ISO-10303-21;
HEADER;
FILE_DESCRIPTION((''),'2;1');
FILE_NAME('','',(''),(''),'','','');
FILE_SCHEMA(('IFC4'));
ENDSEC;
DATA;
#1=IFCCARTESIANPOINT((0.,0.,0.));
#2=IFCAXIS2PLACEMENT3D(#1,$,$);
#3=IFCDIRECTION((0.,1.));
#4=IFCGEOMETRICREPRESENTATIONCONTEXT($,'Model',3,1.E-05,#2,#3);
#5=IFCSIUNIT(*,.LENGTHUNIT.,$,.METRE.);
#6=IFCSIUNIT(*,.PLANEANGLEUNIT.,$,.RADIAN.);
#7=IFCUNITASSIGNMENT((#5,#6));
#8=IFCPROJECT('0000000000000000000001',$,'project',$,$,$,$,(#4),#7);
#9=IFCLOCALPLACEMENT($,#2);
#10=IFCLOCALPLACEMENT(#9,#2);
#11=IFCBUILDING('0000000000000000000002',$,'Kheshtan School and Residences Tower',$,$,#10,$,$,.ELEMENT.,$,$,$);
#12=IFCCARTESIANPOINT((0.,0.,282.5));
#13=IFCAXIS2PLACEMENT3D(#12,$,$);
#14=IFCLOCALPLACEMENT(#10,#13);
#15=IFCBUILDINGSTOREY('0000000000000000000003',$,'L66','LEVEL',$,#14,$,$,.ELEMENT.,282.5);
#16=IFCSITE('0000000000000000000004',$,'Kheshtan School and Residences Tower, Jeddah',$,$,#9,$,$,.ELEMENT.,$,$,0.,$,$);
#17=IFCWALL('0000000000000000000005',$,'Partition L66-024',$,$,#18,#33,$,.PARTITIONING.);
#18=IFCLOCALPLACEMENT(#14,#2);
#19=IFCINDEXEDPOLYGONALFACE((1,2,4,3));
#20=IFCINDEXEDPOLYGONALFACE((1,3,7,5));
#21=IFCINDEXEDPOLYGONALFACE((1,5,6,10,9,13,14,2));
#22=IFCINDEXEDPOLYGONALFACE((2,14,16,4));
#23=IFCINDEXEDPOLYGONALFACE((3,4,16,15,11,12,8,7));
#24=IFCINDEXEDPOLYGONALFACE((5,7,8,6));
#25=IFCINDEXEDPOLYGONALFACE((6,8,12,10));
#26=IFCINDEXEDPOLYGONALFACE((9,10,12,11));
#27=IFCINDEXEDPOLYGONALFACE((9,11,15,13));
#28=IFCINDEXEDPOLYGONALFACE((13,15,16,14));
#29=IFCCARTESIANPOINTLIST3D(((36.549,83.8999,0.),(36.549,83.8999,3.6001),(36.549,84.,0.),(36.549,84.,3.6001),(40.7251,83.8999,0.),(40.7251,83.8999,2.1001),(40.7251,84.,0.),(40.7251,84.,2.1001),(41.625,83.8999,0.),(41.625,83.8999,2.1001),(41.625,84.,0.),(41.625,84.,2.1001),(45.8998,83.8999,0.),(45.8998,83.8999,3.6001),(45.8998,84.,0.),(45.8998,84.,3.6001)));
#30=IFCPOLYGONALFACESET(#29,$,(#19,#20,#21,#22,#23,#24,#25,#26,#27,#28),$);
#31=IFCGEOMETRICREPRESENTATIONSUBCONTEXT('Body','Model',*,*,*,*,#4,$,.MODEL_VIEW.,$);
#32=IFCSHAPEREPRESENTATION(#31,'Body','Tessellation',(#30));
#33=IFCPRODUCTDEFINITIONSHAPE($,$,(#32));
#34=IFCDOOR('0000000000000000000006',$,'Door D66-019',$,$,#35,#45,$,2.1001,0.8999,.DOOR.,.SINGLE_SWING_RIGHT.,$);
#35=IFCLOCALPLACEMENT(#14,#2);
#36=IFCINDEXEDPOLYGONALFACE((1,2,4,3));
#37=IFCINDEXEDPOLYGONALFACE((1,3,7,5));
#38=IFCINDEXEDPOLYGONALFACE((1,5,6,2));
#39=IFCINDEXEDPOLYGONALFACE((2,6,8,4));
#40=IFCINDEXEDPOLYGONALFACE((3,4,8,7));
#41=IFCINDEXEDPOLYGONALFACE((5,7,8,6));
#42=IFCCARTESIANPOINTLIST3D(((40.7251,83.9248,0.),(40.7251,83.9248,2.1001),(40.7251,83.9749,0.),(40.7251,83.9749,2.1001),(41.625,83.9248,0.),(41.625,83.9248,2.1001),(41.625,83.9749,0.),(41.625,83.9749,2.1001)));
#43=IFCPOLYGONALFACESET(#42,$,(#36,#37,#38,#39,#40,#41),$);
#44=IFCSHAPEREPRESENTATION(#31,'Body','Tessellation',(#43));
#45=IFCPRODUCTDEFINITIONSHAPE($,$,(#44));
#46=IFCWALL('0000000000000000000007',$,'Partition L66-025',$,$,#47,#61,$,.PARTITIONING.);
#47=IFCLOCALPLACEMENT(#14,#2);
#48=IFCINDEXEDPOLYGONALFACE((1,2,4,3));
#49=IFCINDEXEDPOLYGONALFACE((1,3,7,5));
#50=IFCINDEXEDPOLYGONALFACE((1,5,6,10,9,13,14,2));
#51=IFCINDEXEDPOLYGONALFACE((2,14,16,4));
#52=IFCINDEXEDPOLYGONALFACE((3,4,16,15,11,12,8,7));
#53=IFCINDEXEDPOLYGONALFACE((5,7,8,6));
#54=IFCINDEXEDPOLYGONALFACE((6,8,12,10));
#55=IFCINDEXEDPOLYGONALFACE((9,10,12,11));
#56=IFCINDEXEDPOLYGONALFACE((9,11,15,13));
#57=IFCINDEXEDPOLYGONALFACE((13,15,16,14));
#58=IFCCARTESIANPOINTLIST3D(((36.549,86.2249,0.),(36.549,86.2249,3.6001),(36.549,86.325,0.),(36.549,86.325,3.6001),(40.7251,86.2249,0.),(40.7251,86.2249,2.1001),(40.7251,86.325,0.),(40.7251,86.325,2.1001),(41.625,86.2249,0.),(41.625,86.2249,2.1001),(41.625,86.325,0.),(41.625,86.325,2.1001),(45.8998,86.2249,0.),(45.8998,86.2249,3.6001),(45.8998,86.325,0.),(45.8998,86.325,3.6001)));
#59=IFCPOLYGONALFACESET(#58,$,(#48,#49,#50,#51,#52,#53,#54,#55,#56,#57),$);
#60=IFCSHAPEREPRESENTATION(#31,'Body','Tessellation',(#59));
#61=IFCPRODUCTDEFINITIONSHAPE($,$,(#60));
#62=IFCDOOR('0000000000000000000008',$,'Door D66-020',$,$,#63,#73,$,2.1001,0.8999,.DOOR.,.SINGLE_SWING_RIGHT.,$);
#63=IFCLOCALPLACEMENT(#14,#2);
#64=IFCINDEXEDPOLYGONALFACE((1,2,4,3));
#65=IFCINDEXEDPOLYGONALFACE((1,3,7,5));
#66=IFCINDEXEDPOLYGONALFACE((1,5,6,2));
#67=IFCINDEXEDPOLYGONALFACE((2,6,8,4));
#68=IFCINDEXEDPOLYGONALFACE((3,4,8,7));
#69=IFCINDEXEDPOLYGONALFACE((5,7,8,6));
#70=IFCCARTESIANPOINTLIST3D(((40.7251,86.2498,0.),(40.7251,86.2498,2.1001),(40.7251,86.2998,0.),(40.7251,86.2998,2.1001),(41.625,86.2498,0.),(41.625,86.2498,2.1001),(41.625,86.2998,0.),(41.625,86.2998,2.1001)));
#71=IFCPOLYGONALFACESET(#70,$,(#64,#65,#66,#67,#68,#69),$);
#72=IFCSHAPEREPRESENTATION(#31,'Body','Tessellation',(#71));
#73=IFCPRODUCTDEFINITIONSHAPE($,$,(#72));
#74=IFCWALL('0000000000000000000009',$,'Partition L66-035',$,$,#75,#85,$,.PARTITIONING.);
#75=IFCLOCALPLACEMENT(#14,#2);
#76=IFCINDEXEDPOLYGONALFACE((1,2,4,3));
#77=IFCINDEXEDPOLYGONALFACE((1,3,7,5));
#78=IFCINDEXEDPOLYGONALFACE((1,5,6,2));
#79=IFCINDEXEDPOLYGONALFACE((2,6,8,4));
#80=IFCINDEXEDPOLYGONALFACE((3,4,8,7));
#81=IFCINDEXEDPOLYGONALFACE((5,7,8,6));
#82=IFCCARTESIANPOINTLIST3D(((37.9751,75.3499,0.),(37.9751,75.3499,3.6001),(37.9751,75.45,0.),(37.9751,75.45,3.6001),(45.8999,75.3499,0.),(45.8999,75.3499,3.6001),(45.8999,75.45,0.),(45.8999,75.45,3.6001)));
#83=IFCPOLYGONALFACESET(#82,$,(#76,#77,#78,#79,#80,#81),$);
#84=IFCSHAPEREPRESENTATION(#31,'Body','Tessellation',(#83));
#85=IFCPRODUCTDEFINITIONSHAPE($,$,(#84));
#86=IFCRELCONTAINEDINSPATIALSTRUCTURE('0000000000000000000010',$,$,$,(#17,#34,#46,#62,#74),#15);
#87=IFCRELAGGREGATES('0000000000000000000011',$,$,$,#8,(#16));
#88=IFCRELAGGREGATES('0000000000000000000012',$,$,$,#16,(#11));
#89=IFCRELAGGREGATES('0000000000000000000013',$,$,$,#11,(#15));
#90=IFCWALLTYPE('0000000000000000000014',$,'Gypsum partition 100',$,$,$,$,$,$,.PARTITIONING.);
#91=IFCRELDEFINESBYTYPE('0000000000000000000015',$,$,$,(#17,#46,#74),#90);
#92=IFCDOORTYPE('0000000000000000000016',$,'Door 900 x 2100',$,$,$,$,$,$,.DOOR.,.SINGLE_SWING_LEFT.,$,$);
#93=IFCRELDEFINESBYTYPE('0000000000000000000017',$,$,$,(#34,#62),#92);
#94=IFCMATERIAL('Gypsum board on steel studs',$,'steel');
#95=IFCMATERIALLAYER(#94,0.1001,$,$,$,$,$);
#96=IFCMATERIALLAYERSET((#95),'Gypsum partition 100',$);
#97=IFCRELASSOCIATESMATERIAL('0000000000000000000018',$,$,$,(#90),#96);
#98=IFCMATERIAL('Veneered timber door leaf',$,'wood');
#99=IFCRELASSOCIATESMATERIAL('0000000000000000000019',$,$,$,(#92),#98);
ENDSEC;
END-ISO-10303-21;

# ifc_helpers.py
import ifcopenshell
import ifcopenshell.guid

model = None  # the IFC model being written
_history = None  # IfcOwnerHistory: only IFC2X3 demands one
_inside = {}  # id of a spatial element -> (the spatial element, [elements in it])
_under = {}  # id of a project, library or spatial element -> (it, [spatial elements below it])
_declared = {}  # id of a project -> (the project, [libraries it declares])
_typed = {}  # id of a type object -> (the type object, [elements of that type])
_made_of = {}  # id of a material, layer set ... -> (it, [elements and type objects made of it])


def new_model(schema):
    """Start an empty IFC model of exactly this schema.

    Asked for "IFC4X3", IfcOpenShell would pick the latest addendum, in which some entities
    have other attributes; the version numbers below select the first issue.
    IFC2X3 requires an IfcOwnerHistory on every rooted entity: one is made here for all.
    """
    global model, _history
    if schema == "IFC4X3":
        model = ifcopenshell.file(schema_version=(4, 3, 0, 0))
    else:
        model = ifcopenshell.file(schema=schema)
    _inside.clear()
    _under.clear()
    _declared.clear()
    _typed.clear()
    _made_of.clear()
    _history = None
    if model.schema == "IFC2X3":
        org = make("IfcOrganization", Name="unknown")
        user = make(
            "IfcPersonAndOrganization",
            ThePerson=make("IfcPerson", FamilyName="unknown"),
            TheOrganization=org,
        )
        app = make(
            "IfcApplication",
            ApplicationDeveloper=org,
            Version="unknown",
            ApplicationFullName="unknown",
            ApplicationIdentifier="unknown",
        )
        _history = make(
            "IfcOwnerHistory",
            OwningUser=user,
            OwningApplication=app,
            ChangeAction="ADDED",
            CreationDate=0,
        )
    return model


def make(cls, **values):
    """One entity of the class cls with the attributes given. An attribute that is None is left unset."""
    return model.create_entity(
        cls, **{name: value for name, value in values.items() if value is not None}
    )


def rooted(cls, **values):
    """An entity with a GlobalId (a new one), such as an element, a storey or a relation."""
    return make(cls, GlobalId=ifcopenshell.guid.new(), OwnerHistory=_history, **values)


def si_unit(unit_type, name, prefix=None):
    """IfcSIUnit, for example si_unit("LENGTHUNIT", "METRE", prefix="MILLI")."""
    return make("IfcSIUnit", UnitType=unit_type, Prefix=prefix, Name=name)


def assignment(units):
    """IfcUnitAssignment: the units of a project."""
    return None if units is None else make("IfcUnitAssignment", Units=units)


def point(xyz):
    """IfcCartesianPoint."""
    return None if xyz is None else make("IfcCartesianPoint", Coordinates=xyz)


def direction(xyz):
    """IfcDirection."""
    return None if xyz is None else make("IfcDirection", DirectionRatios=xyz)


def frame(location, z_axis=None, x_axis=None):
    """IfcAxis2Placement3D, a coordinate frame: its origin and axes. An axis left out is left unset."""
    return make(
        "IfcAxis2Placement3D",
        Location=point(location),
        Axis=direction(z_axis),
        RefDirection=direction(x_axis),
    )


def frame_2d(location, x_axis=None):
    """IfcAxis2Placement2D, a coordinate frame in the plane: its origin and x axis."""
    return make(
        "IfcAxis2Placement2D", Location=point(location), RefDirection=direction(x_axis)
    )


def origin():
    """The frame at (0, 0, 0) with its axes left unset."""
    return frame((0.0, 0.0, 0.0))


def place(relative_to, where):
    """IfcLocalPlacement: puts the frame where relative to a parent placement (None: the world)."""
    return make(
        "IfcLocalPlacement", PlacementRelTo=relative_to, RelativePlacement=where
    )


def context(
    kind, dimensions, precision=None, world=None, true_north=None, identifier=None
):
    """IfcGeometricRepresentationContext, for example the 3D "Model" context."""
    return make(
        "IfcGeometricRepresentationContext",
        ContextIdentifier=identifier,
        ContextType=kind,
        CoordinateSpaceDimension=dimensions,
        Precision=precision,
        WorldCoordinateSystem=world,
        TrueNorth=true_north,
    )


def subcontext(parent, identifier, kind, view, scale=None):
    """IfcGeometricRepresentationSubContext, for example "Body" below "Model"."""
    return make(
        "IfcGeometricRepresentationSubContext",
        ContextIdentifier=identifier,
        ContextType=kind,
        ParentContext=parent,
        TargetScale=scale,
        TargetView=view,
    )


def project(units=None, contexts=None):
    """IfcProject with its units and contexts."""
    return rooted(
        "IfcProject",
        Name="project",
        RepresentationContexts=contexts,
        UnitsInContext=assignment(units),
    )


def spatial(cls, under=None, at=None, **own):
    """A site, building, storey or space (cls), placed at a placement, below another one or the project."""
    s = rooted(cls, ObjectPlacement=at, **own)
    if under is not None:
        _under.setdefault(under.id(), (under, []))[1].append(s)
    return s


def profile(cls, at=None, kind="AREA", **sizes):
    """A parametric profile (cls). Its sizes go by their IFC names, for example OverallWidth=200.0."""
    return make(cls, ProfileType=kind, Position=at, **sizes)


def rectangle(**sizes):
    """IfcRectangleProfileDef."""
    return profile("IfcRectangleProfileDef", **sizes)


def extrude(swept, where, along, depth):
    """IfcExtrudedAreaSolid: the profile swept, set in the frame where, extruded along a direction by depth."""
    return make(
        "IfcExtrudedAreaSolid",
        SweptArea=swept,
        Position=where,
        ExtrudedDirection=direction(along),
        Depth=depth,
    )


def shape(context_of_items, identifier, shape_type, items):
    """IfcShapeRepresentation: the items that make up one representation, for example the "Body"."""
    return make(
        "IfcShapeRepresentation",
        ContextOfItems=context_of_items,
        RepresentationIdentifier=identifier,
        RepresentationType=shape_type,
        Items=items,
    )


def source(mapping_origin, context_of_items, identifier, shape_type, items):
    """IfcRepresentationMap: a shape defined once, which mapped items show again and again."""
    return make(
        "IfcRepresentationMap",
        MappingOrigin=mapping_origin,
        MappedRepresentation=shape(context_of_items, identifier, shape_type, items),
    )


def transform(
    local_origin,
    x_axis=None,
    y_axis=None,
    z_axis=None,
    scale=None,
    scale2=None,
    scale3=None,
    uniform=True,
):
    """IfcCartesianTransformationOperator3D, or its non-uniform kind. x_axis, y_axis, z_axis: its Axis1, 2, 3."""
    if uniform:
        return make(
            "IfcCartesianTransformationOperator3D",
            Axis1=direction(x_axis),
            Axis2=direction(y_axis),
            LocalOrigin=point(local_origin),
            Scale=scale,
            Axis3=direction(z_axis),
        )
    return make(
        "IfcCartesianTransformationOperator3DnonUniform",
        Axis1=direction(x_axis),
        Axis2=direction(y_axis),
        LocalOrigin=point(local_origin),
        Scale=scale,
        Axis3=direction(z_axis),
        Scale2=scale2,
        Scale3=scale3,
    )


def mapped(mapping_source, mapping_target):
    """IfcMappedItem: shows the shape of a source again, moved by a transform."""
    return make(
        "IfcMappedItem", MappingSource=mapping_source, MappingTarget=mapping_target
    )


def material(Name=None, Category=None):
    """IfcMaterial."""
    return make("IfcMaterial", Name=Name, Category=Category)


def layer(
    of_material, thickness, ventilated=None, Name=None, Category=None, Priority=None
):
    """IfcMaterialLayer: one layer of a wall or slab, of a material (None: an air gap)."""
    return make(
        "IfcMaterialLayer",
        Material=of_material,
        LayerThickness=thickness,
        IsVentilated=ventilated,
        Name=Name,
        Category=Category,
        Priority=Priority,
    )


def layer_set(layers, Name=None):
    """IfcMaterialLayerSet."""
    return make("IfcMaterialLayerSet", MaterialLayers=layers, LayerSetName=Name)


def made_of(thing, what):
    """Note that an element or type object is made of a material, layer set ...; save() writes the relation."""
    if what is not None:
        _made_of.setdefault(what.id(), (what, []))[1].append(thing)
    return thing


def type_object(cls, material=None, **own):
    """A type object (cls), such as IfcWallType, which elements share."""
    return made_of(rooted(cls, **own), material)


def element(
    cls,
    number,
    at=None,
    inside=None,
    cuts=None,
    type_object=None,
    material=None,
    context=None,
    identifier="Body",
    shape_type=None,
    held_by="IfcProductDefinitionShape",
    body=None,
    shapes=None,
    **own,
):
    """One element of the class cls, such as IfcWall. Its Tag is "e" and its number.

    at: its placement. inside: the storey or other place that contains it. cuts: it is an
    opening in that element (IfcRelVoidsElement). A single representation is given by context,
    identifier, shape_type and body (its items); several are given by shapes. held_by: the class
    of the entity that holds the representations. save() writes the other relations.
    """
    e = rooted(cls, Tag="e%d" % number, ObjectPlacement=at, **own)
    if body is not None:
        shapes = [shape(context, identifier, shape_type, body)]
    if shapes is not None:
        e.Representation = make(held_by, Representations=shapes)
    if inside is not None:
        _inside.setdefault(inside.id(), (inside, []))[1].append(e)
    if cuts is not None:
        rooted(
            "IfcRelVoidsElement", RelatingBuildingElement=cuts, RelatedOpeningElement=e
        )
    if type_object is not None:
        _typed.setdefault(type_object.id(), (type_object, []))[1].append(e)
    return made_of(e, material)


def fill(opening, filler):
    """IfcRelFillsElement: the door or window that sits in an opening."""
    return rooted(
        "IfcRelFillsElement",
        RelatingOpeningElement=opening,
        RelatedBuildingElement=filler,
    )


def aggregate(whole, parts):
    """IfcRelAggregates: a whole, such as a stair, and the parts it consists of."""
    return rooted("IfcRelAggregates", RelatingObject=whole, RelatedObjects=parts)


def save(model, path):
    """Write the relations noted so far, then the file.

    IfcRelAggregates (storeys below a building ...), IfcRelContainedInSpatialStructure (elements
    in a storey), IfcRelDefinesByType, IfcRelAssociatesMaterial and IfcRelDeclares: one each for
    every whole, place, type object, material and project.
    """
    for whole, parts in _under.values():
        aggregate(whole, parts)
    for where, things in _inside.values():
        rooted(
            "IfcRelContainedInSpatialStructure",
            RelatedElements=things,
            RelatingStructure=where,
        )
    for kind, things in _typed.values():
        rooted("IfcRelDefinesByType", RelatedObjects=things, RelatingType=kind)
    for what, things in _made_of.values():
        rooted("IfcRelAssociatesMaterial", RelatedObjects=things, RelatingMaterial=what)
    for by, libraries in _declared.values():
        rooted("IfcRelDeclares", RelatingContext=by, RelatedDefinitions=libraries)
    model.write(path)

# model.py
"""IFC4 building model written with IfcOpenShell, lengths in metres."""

from ifc_helpers import new_model, si_unit, direction, frame, frame_2d, origin, place, context, subcontext, project, spatial, rectangle, extrude, source, transform, mapped, material, layer, layer_set, type_object, element, fill, save


model = new_model("IFC4")

# Units and contexts
model_context = context("Model", 3, precision=1e-05, world=origin(), true_north=direction((0.0, 1.0)))
body_context = subcontext(model_context, "Body", "Model", "MODEL_VIEW")
ifc_project = project(units=[si_unit("LENGTHUNIT", "METRE"), si_unit("PLANEANGLEUNIT", "RADIAN")], contexts=[model_context])

# Site, building, storey
site_placement = place(None, origin())
site = spatial("IfcSite", under=ifc_project, at=site_placement, Name="Kheshtan School and Residences Tower, Jeddah", CompositionType="ELEMENT", RefElevation=0.0)
building_placement = place(site_placement, origin())
building = spatial("IfcBuilding", under=site, at=building_placement, Name="Kheshtan School and Residences Tower", CompositionType="ELEMENT")
storey_placement = place(building_placement, frame((0.0, 0.0, 282.5)))
storey = spatial("IfcBuildingStorey", under=building, at=storey_placement, Name="L66", Description="LEVEL", CompositionType="ELEMENT", Elevation=282.5)

# Walls, openings, doors
ifc_material_1 = material(Name="Gypsum board on steel studs", Category="steel")
ifc_layer_1 = layer(ifc_material_1, 0.1001)
ifc_layer_set_1 = layer_set([ifc_layer_1], Name="Gypsum partition 100")
wall_type_1 = type_object("IfcWallType", Name="Gypsum partition 100", PredefinedType="PARTITIONING", material=ifc_layer_set_1)
ifc_material_2 = material(Name="Veneered timber door leaf", Category="wood")
door_type_1 = type_object("IfcDoorType", Name="Door 900 x 2100", OperationType="SINGLE_SWING_LEFT", PredefinedType="DOOR", material=ifc_material_2)
shared_shape_1 = source(origin(), body_context, "Body", "SweptSolid", [
    extrude(rectangle(XDim=0.8999, YDim=2.1001, at=frame_2d((0.45, 1.05))), frame((0.0, 0.0249, 0.0), z_axis=(0.0, -1.0, 0.0), x_axis=(1.0, 0.0, 0.0)), (0.0, 0.0, 1.0), 0.05),
])
wall_1_placement = place(storey_placement, frame((36.5491, 83.95, 0.0), z_axis=(0.0, 0.0, 1.0), x_axis=(1.0, 0.0, 0.0)))
wall_1 = element("IfcWall", 1, at=wall_1_placement, inside=storey, type_object=wall_type_1, Name="Partition L66-024", PredefinedType="PARTITIONING", context=body_context, shape_type="SweptSolid", body=[
    extrude(rectangle(XDim=9.3508, YDim=0.1001, at=frame_2d((4.6753, 0.0))), origin(), (0.0, 0.0, 1.0), 3.6001),
])
opening_1_placement = place(wall_1_placement, frame((4.176, 0.0, 0.0)))
opening_1 = element("IfcOpeningElement", 2, at=opening_1_placement, cuts=wall_1, PredefinedType="OPENING", context=body_context, shape_type="SweptSolid", body=[
    extrude(rectangle(XDim=0.8999, YDim=2.1001, at=frame_2d((0.45, 1.05))), frame((0.0, 0.0601, 0.0), z_axis=(0.0, -1.0, 0.0), x_axis=(1.0, 0.0, 0.0)), (0.0, 0.0, 1.0), 0.1201),
])
door_1_placement = place(opening_1_placement, origin())
door_1 = element("IfcDoor", 3, at=door_1_placement, inside=storey, type_object=door_type_1, Name="Door D66-019", OperationType="SINGLE_SWING_RIGHT", OverallHeight=2.1001, OverallWidth=0.8999, PredefinedType="DOOR", context=body_context, shape_type="MappedRepresentation", body=[
    mapped(shared_shape_1, transform((0.0, 0.0, 0.0), x_axis=(1.0, 0.0, 0.0), y_axis=(0.0, 1.0, 0.0), z_axis=(0.0, 0.0, 1.0), scale=1.0)),
])
fill(opening_1, door_1)
wall_2_placement = place(storey_placement, frame((36.5491, 86.2749, 0.0), z_axis=(0.0, 0.0, 1.0), x_axis=(1.0, 0.0, 0.0)))
wall_2 = element("IfcWall", 4, at=wall_2_placement, inside=storey, type_object=wall_type_1, Name="Partition L66-025", PredefinedType="PARTITIONING", context=body_context, shape_type="SweptSolid", body=[
    extrude(rectangle(XDim=9.3508, YDim=0.1001, at=frame_2d((4.6753, 0.0))), origin(), (0.0, 0.0, 1.0), 3.6001),
])
opening_2_placement = place(wall_2_placement, frame((4.176, 0.0, 0.0)))
opening_2 = element("IfcOpeningElement", 5, at=opening_2_placement, cuts=wall_2, PredefinedType="OPENING", context=body_context, shape_type="SweptSolid", body=[
    extrude(rectangle(XDim=0.8999, YDim=2.1001, at=frame_2d((0.45, 1.05))), frame((0.0, 0.0601, 0.0), z_axis=(0.0, -1.0, 0.0), x_axis=(1.0, 0.0, 0.0)), (0.0, 0.0, 1.0), 0.1201),
])
door_2_placement = place(opening_2_placement, origin())
door_2 = element("IfcDoor", 6, at=door_2_placement, inside=storey, type_object=door_type_1, Name="Door D66-020", OperationType="SINGLE_SWING_RIGHT", OverallHeight=2.1001, OverallWidth=0.8999, PredefinedType="DOOR", context=body_context, shape_type="MappedRepresentation", body=[
    mapped(shared_shape_1, transform((0.0, 0.0, 0.0), x_axis=(1.0, 0.0, 0.0), y_axis=(0.0, 1.0, 0.0), z_axis=(0.0, 0.0, 1.0), scale=1.0)),
])
fill(opening_2, door_2)

# Wall
wall_3_placement = place(storey_placement, frame((37.9751, 75.3999, 0.0), z_axis=(0.0, 0.0, 1.0), x_axis=(1.0, 0.0, 0.0)))
element("IfcWall", 7, at=wall_3_placement, inside=storey, type_object=wall_type_1, Name="Partition L66-035", PredefinedType="PARTITIONING", context=body_context, shape_type="SweptSolid", body=[
    extrude(rectangle(XDim=7.9248, YDim=0.1001, at=frame_2d((3.9624, 0.0))), origin(), (0.0, 0.0, 1.0), 3.6001),
])

save(model, "model.ifc")
